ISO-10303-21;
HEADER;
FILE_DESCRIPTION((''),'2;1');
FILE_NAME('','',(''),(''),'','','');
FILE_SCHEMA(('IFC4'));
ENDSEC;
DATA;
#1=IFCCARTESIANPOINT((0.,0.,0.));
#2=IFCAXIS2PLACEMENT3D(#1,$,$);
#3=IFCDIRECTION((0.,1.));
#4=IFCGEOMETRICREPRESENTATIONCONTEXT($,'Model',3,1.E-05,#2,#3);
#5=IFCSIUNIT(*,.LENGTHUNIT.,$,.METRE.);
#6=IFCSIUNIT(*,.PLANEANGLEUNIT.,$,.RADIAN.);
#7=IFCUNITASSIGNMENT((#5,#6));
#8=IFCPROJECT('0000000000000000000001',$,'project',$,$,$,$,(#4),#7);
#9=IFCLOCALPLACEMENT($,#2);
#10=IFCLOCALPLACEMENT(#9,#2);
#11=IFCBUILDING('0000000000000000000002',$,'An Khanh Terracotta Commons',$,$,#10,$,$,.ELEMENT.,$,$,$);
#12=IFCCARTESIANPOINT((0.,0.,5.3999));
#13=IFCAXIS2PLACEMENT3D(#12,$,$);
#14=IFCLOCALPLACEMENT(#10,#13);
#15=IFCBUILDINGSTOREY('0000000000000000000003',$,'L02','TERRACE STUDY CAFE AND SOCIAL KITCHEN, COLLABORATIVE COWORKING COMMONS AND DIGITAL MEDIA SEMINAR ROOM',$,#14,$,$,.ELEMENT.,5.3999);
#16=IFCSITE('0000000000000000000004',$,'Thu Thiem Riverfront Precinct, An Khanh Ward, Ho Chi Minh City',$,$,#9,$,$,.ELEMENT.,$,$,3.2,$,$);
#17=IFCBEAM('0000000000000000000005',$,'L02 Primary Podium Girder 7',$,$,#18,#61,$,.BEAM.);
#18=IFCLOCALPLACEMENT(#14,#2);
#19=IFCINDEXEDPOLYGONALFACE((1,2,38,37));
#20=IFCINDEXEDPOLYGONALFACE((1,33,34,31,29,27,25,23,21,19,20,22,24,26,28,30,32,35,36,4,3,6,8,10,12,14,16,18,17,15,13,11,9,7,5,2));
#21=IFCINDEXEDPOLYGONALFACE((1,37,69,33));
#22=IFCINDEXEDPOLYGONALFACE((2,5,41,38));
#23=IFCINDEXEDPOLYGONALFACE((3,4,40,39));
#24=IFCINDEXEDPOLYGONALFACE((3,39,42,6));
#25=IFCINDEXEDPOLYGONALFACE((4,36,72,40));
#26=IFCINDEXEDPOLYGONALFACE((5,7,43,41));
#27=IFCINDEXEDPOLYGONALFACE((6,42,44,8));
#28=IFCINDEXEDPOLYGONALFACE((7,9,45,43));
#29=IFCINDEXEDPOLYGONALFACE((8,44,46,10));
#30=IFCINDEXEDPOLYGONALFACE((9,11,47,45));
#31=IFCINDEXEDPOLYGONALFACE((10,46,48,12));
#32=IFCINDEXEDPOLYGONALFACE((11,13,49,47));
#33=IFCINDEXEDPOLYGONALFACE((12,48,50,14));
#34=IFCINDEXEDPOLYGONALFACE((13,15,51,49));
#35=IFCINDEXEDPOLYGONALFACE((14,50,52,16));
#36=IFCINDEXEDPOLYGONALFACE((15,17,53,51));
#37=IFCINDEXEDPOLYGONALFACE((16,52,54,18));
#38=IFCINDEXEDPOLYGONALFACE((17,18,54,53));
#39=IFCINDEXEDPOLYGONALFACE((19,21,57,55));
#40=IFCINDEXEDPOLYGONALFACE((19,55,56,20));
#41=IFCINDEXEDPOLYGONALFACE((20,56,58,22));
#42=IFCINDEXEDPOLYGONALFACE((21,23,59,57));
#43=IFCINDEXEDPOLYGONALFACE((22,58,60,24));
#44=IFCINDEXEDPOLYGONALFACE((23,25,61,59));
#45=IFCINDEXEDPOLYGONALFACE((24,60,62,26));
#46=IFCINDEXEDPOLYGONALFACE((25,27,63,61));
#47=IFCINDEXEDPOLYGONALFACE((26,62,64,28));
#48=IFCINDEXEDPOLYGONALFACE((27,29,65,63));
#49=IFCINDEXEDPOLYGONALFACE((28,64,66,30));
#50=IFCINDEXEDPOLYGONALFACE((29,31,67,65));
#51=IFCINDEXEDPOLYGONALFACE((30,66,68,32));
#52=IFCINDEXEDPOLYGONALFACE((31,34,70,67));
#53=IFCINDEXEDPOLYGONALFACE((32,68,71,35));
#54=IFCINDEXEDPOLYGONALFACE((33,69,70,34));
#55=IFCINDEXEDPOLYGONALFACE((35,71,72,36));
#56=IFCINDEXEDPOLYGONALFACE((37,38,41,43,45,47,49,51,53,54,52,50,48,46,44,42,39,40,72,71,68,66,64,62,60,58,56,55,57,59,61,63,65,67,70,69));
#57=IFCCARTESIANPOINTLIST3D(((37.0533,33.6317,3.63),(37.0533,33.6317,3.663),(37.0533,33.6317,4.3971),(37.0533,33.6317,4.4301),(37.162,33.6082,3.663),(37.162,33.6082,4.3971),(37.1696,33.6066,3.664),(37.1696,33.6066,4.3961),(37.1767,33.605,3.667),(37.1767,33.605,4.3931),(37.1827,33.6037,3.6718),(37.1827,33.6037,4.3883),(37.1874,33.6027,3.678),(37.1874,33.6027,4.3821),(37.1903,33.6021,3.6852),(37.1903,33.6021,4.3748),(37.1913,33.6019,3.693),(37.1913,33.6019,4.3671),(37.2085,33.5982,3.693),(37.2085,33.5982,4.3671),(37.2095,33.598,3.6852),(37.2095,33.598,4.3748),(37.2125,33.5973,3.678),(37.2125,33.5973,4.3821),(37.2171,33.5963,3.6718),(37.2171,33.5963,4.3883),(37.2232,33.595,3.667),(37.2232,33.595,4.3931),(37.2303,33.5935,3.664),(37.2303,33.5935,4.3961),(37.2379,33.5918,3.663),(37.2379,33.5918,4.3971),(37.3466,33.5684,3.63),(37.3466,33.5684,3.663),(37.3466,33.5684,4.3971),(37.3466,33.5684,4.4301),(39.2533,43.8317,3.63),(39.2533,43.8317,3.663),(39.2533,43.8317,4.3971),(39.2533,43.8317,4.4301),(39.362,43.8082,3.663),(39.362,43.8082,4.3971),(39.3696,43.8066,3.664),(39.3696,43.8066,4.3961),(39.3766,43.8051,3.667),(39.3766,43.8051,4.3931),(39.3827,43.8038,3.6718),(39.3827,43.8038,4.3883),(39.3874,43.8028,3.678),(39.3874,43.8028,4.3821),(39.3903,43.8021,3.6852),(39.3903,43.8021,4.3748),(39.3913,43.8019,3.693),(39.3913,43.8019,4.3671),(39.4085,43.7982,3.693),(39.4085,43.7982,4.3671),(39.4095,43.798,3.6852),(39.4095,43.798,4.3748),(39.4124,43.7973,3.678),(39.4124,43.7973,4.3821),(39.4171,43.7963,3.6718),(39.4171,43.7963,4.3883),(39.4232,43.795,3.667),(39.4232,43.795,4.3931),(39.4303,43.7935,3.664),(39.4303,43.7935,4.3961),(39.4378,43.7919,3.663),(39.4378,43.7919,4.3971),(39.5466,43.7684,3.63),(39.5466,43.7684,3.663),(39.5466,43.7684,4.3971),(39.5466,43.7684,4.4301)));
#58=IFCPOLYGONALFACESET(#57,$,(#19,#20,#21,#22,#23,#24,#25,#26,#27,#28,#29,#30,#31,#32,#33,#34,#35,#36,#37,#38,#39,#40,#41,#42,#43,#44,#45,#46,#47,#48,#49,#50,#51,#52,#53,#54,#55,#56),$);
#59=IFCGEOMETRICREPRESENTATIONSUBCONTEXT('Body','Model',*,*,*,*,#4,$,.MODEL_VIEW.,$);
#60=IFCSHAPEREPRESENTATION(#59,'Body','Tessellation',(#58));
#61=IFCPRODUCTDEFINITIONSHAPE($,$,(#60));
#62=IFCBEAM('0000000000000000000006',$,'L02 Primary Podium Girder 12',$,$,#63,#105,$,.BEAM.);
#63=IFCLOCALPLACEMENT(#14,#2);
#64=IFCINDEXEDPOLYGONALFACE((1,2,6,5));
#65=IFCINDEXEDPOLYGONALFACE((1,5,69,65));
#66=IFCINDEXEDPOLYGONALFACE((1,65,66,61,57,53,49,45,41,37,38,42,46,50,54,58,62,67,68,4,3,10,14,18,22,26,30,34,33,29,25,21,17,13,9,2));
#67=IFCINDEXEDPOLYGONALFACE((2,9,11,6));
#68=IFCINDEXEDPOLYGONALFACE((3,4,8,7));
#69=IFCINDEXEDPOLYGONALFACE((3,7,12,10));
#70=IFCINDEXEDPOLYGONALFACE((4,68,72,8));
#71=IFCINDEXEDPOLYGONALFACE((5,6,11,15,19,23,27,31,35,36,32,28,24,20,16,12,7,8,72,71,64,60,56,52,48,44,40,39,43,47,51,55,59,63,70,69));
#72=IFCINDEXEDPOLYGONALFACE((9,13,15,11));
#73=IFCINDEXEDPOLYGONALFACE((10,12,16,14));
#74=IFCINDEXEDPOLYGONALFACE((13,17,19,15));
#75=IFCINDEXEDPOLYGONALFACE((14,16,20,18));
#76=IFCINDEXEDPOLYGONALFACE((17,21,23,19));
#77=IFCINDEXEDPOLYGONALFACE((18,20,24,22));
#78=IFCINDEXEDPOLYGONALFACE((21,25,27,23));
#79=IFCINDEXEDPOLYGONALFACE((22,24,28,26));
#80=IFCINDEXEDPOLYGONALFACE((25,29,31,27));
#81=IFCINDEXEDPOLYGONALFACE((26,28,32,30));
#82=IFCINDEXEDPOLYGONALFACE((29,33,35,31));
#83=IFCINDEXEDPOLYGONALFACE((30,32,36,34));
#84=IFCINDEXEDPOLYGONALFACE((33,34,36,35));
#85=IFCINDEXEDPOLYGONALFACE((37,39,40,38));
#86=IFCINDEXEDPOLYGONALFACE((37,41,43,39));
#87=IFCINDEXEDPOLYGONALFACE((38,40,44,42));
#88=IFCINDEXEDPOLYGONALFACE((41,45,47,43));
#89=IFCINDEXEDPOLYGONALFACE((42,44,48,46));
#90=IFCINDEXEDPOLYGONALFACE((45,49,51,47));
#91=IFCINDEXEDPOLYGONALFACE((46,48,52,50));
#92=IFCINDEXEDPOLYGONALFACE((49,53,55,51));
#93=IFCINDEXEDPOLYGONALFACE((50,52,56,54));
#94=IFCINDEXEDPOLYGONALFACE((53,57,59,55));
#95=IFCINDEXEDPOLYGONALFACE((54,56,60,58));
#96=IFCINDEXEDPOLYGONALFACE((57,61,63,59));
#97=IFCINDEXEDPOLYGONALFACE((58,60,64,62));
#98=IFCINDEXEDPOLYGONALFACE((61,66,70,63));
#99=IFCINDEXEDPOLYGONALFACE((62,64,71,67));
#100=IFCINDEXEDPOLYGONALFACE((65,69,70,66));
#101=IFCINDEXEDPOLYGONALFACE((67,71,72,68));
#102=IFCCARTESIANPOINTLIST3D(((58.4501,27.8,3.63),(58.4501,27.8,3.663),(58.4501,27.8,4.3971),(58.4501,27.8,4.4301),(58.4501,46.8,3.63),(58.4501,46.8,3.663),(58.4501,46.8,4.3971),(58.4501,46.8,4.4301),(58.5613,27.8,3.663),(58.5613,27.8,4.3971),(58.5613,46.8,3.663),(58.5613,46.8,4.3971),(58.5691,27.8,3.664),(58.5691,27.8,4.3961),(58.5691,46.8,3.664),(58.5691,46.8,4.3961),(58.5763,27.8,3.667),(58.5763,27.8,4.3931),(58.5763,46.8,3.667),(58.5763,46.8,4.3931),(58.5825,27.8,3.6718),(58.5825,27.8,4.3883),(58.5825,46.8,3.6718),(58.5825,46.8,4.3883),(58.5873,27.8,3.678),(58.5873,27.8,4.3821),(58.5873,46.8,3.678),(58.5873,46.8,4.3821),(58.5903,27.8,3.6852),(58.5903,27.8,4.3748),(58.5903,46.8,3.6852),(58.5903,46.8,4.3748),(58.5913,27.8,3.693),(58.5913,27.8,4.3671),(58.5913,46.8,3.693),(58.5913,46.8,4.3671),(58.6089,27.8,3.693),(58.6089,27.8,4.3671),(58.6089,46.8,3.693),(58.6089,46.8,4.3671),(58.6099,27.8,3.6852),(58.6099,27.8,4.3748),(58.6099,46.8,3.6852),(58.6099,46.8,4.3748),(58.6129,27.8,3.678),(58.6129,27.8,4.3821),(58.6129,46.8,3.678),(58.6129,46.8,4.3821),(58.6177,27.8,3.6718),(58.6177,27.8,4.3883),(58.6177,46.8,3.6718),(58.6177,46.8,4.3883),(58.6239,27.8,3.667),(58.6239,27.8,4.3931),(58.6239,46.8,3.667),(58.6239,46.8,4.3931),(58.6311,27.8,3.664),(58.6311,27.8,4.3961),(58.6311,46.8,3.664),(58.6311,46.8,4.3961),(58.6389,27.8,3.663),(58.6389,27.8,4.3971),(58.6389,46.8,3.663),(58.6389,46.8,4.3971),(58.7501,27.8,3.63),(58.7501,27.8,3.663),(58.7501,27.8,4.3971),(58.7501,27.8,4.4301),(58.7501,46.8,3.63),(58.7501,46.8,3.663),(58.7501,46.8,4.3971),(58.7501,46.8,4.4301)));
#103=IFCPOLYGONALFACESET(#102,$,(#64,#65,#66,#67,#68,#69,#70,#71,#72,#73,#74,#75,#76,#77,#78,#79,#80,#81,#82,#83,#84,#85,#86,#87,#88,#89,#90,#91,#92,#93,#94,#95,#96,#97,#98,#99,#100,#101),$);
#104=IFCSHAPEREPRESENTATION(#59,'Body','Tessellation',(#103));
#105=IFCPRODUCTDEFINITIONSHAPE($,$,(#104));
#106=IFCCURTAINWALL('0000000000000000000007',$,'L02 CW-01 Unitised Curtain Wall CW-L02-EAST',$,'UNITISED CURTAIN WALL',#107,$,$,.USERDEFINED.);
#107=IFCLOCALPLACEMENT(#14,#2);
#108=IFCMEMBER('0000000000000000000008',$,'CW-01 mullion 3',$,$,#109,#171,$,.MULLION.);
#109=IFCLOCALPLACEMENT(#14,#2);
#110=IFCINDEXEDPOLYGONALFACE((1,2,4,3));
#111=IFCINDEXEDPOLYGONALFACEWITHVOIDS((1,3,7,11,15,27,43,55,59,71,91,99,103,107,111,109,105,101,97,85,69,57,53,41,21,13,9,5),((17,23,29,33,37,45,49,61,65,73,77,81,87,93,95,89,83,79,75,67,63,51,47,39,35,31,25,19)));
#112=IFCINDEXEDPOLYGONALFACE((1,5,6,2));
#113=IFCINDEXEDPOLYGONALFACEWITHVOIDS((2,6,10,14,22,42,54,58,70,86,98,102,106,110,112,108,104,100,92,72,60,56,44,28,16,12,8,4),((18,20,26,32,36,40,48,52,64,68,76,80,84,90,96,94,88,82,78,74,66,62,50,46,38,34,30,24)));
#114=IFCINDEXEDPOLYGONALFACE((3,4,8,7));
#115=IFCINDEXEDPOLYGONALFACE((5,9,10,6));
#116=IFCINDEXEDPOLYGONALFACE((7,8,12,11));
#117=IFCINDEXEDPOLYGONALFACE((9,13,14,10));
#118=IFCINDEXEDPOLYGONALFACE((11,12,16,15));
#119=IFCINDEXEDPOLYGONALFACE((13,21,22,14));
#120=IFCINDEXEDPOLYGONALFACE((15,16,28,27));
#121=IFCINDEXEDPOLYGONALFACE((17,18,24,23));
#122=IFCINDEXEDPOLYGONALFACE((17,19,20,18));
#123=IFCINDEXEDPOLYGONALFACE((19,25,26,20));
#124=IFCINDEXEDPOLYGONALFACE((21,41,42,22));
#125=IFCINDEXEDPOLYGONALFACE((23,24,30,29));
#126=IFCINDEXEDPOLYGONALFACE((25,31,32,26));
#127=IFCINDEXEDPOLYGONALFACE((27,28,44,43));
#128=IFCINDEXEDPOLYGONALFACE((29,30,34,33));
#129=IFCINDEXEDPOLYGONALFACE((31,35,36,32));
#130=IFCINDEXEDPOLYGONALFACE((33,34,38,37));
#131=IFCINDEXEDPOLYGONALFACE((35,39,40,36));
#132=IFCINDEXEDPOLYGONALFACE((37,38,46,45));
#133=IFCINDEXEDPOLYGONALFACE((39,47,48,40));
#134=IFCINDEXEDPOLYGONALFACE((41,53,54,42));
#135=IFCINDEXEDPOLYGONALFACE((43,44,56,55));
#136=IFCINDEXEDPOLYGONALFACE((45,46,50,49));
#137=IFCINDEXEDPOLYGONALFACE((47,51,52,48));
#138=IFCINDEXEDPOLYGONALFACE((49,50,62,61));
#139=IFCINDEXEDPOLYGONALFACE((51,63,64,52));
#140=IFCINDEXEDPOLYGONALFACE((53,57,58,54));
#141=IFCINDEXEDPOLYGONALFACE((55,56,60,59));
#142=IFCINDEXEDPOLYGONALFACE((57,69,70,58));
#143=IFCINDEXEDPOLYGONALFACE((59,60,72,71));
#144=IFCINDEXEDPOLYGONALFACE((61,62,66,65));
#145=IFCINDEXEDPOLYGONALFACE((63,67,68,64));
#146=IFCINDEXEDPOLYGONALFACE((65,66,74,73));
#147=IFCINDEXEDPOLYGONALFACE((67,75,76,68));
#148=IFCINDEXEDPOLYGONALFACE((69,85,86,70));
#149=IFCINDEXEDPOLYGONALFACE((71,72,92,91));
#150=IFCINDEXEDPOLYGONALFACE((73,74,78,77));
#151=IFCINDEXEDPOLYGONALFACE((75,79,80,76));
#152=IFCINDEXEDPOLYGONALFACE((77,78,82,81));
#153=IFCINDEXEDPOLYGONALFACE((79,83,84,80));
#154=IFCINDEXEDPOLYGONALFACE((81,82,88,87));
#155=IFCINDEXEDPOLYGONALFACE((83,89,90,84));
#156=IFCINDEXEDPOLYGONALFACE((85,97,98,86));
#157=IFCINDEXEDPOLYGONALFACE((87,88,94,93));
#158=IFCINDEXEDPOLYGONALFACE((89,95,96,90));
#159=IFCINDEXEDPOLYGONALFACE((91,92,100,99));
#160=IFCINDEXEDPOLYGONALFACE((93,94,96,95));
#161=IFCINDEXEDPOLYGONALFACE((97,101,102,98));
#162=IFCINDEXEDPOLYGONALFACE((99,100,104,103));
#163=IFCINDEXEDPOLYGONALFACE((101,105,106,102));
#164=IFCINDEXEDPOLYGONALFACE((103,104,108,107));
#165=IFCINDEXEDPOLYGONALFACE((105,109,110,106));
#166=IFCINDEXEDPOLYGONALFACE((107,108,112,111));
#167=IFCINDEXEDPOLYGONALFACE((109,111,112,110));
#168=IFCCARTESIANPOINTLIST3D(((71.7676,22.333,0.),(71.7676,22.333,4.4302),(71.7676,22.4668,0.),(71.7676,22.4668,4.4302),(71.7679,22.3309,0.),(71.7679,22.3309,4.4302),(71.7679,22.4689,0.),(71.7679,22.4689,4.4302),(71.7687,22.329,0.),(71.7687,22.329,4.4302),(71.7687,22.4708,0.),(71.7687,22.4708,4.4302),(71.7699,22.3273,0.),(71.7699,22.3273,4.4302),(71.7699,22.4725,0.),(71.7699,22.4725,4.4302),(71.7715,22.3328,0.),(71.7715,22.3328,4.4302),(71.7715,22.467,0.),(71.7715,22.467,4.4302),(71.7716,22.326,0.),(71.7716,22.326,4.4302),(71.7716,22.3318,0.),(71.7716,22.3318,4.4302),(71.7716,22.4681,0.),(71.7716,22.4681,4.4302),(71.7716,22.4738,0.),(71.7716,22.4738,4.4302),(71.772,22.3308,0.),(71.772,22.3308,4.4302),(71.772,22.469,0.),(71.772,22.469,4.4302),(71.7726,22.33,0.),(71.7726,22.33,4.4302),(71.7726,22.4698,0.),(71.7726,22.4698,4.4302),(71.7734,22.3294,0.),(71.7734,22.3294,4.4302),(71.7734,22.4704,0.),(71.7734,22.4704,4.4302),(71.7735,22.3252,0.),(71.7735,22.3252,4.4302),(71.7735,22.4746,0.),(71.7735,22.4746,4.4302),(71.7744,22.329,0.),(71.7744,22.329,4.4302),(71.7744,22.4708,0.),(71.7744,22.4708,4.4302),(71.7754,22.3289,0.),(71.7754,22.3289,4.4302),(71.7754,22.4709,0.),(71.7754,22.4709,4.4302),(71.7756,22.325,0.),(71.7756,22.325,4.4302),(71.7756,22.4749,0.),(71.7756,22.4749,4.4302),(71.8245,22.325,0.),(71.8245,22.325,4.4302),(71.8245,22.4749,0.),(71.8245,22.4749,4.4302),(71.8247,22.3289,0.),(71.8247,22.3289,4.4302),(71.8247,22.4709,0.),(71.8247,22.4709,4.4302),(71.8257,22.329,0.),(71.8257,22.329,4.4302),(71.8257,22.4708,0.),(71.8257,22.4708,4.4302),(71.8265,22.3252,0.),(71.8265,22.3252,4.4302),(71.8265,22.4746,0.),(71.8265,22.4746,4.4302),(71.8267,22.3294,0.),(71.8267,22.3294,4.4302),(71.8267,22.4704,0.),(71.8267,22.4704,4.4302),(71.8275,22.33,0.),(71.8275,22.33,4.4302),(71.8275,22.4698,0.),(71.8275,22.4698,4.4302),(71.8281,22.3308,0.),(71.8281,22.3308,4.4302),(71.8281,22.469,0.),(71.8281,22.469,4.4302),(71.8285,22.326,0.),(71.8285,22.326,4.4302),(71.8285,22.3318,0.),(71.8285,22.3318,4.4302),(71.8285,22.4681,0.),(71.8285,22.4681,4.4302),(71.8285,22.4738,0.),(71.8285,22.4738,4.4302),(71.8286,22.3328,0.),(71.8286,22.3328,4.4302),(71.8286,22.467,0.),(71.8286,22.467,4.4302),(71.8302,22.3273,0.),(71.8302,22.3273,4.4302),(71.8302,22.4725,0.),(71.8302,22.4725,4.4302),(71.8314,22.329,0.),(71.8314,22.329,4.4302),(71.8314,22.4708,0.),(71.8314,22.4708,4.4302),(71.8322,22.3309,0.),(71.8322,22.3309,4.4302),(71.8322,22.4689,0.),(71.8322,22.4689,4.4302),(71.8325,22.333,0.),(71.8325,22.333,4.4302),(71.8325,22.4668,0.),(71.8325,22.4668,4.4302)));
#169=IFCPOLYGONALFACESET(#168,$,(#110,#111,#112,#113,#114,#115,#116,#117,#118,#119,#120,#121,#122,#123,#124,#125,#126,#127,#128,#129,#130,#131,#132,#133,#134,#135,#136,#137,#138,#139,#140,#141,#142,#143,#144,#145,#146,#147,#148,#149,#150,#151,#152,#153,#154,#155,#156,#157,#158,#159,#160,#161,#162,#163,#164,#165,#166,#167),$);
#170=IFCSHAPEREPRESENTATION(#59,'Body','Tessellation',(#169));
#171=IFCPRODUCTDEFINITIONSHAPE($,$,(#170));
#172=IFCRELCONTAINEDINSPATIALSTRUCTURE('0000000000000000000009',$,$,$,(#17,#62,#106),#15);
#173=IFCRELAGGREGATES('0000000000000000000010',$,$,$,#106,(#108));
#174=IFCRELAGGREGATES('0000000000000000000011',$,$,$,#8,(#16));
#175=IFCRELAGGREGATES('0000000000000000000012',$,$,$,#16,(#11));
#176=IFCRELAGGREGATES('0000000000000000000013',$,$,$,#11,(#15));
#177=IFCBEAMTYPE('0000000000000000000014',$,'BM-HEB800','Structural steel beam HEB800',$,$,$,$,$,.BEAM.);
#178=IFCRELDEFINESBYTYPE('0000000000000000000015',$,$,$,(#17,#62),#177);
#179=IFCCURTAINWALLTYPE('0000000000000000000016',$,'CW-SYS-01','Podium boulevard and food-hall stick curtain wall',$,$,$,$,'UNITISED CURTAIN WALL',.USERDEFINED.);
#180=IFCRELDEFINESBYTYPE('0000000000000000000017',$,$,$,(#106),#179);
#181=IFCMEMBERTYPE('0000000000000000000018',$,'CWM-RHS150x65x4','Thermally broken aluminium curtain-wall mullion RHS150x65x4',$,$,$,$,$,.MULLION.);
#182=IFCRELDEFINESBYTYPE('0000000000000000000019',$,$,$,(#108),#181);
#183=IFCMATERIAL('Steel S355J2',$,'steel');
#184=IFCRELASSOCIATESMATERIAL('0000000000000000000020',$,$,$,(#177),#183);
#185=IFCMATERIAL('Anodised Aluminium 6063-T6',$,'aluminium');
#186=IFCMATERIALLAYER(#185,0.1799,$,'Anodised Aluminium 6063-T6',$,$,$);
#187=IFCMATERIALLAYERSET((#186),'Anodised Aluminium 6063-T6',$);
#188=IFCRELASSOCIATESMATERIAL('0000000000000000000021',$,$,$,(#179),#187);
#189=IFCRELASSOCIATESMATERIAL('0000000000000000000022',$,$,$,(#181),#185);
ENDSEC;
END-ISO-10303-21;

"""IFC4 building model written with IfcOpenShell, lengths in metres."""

from ifc_helpers import new_model, si_unit, direction, frame, origin, origin_2d, place, context, subcontext, project, spatial, hollow_rectangle, i_section, extrude, material, layer, layer_set, material_profile, profile_set, type_object, element, aggregate, save


model = new_model("IFC4")

# Units and contexts
model_context = context("Model", 3, precision=1e-05, world=origin(), true_north=direction((0.0, 1.0)))
body_context = subcontext(model_context, "Body", "Model", "MODEL_VIEW")
ifc_project = project(units=[si_unit("LENGTHUNIT", "METRE"), si_unit("PLANEANGLEUNIT", "RADIAN")], contexts=[model_context])

# Site, building, storey
site_placement = place(None, origin())
site = spatial("IfcSite", under=ifc_project, at=site_placement, Name="Thu Thiem Riverfront Precinct, An Khanh Ward, Ho Chi Minh City", CompositionType="ELEMENT", RefElevation=3.2)
building_placement = place(site_placement, origin())
building = spatial("IfcBuilding", under=site, at=building_placement, Name="An Khanh Terracotta Commons", CompositionType="ELEMENT")
storey_placement = place(building_placement, frame((0.0, 0.0, 5.3999)))
storey = spatial("IfcBuildingStorey", under=building, at=storey_placement, Name="L02", Description="TERRACE STUDY CAFE AND SOCIAL KITCHEN, COLLABORATIVE COWORKING COMMONS AND DIGITAL MEDIA SEMINAR ROOM", CompositionType="ELEMENT", Elevation=5.3999)

# Beams
ifc_material_1 = material(Name="Steel S355J2", Category="steel")
ifc_material_profile_1 = material_profile(ifc_material_1, i_section(OverallWidth=0.3, OverallDepth=0.8, WebThickness=0.0176, FlangeThickness=0.033, FilletRadius=0.03, at=origin_2d()), Name="HEB800")
ifc_profile_set_1 = profile_set([ifc_material_profile_1], Name="Steel S355J2")
beam_type_1 = type_object("IfcBeamType", Name="BM-HEB800", Description="Structural steel beam HEB800", PredefinedType="BEAM", material=ifc_profile_set_1)
beam_1_placement = place(storey_placement, frame((39.3999, 43.8, 4.03), z_axis=(-0.210834, -0.977522, 0.0), x_axis=(0.977522, -0.210834, 0.0)))
element("IfcBeam", 1, at=beam_1_placement, inside=storey, type_object=beam_type_1, Name="L02 Primary Podium Girder 7", PredefinedType="BEAM", context=body_context, shape_type="SweptSolid", body=[
    extrude(i_section(OverallWidth=0.3, OverallDepth=0.8, WebThickness=0.0176, FlangeThickness=0.033, FilletRadius=0.03, at=origin_2d()), origin(), (0.0, 0.0, 1.0), 10.4346),
])
beam_2_placement = place(storey_placement, frame((58.6001, 27.8, 4.03), z_axis=(0.0, 1.0, 0.0), x_axis=(-1.0, 0.0, 0.0)))
element("IfcBeam", 2, at=beam_2_placement, inside=storey, type_object=beam_type_1, Name="L02 Primary Podium Girder 12", PredefinedType="BEAM", context=body_context, shape_type="SweptSolid", body=[
    extrude(i_section(OverallWidth=0.3, OverallDepth=0.8, WebThickness=0.0176, FlangeThickness=0.033, FilletRadius=0.03, at=origin_2d()), origin(), (0.0, 0.0, 1.0), 19.0),
])

# Curtain wall, member
ifc_material_2 = material(Name="Anodised Aluminium 6063-T6", Category="aluminium")
ifc_layer_1 = layer(ifc_material_2, 0.1799, Name="Anodised Aluminium 6063-T6")
ifc_layer_set_1 = layer_set([ifc_layer_1], Name="Anodised Aluminium 6063-T6")
curtain_wall_type = type_object("IfcCurtainWallType", Name="CW-SYS-01", Description="Podium boulevard and food-hall stick curtain wall", ElementType="UNITISED CURTAIN WALL", PredefinedType="USERDEFINED", material=ifc_layer_set_1)
curtain_wall_placement = place(storey_placement, origin())
curtain_wall = element("IfcCurtainWall", 3, at=curtain_wall_placement, inside=storey, type_object=curtain_wall_type, Name="L02 CW-01 Unitised Curtain Wall CW-L02-EAST", ObjectType="UNITISED CURTAIN WALL", PredefinedType="USERDEFINED")
ifc_material_profile_2 = material_profile(ifc_material_2, hollow_rectangle(XDim=0.0649, YDim=0.1499, WallThickness=0.0039, InnerFilletRadius=0.0039, OuterFilletRadius=0.0081, at=origin_2d()), Name="RHS150x65x4")
ifc_profile_set_2 = profile_set([ifc_material_profile_2], Name="Anodised Aluminium 6063-T6")
member_type_1 = type_object("IfcMemberType", Name="CWM-RHS150x65x4", Description="Thermally broken aluminium curtain-wall mullion RHS150x65x4", PredefinedType="MULLION", material=ifc_profile_set_2)
member_1_placement = place(storey_placement, frame((71.8, 22.3999, 0.0), z_axis=(0.0, 0.0, 1.0), x_axis=(-1.0, 0.0, 0.0)))
member_1 = element("IfcMember", 4, at=member_1_placement, type_object=member_type_1, Name="CW-01 mullion 3", PredefinedType="MULLION", context=body_context, shape_type="SweptSolid", body=[
    extrude(hollow_rectangle(XDim=0.0649, YDim=0.1499, WallThickness=0.0039, InnerFilletRadius=0.0039, OuterFilletRadius=0.0081, at=origin_2d()), origin(), (0.0, 0.0, 1.0), 4.4302),
])
aggregate(curtain_wall, [member_1])

save(model, "model.ifc")
